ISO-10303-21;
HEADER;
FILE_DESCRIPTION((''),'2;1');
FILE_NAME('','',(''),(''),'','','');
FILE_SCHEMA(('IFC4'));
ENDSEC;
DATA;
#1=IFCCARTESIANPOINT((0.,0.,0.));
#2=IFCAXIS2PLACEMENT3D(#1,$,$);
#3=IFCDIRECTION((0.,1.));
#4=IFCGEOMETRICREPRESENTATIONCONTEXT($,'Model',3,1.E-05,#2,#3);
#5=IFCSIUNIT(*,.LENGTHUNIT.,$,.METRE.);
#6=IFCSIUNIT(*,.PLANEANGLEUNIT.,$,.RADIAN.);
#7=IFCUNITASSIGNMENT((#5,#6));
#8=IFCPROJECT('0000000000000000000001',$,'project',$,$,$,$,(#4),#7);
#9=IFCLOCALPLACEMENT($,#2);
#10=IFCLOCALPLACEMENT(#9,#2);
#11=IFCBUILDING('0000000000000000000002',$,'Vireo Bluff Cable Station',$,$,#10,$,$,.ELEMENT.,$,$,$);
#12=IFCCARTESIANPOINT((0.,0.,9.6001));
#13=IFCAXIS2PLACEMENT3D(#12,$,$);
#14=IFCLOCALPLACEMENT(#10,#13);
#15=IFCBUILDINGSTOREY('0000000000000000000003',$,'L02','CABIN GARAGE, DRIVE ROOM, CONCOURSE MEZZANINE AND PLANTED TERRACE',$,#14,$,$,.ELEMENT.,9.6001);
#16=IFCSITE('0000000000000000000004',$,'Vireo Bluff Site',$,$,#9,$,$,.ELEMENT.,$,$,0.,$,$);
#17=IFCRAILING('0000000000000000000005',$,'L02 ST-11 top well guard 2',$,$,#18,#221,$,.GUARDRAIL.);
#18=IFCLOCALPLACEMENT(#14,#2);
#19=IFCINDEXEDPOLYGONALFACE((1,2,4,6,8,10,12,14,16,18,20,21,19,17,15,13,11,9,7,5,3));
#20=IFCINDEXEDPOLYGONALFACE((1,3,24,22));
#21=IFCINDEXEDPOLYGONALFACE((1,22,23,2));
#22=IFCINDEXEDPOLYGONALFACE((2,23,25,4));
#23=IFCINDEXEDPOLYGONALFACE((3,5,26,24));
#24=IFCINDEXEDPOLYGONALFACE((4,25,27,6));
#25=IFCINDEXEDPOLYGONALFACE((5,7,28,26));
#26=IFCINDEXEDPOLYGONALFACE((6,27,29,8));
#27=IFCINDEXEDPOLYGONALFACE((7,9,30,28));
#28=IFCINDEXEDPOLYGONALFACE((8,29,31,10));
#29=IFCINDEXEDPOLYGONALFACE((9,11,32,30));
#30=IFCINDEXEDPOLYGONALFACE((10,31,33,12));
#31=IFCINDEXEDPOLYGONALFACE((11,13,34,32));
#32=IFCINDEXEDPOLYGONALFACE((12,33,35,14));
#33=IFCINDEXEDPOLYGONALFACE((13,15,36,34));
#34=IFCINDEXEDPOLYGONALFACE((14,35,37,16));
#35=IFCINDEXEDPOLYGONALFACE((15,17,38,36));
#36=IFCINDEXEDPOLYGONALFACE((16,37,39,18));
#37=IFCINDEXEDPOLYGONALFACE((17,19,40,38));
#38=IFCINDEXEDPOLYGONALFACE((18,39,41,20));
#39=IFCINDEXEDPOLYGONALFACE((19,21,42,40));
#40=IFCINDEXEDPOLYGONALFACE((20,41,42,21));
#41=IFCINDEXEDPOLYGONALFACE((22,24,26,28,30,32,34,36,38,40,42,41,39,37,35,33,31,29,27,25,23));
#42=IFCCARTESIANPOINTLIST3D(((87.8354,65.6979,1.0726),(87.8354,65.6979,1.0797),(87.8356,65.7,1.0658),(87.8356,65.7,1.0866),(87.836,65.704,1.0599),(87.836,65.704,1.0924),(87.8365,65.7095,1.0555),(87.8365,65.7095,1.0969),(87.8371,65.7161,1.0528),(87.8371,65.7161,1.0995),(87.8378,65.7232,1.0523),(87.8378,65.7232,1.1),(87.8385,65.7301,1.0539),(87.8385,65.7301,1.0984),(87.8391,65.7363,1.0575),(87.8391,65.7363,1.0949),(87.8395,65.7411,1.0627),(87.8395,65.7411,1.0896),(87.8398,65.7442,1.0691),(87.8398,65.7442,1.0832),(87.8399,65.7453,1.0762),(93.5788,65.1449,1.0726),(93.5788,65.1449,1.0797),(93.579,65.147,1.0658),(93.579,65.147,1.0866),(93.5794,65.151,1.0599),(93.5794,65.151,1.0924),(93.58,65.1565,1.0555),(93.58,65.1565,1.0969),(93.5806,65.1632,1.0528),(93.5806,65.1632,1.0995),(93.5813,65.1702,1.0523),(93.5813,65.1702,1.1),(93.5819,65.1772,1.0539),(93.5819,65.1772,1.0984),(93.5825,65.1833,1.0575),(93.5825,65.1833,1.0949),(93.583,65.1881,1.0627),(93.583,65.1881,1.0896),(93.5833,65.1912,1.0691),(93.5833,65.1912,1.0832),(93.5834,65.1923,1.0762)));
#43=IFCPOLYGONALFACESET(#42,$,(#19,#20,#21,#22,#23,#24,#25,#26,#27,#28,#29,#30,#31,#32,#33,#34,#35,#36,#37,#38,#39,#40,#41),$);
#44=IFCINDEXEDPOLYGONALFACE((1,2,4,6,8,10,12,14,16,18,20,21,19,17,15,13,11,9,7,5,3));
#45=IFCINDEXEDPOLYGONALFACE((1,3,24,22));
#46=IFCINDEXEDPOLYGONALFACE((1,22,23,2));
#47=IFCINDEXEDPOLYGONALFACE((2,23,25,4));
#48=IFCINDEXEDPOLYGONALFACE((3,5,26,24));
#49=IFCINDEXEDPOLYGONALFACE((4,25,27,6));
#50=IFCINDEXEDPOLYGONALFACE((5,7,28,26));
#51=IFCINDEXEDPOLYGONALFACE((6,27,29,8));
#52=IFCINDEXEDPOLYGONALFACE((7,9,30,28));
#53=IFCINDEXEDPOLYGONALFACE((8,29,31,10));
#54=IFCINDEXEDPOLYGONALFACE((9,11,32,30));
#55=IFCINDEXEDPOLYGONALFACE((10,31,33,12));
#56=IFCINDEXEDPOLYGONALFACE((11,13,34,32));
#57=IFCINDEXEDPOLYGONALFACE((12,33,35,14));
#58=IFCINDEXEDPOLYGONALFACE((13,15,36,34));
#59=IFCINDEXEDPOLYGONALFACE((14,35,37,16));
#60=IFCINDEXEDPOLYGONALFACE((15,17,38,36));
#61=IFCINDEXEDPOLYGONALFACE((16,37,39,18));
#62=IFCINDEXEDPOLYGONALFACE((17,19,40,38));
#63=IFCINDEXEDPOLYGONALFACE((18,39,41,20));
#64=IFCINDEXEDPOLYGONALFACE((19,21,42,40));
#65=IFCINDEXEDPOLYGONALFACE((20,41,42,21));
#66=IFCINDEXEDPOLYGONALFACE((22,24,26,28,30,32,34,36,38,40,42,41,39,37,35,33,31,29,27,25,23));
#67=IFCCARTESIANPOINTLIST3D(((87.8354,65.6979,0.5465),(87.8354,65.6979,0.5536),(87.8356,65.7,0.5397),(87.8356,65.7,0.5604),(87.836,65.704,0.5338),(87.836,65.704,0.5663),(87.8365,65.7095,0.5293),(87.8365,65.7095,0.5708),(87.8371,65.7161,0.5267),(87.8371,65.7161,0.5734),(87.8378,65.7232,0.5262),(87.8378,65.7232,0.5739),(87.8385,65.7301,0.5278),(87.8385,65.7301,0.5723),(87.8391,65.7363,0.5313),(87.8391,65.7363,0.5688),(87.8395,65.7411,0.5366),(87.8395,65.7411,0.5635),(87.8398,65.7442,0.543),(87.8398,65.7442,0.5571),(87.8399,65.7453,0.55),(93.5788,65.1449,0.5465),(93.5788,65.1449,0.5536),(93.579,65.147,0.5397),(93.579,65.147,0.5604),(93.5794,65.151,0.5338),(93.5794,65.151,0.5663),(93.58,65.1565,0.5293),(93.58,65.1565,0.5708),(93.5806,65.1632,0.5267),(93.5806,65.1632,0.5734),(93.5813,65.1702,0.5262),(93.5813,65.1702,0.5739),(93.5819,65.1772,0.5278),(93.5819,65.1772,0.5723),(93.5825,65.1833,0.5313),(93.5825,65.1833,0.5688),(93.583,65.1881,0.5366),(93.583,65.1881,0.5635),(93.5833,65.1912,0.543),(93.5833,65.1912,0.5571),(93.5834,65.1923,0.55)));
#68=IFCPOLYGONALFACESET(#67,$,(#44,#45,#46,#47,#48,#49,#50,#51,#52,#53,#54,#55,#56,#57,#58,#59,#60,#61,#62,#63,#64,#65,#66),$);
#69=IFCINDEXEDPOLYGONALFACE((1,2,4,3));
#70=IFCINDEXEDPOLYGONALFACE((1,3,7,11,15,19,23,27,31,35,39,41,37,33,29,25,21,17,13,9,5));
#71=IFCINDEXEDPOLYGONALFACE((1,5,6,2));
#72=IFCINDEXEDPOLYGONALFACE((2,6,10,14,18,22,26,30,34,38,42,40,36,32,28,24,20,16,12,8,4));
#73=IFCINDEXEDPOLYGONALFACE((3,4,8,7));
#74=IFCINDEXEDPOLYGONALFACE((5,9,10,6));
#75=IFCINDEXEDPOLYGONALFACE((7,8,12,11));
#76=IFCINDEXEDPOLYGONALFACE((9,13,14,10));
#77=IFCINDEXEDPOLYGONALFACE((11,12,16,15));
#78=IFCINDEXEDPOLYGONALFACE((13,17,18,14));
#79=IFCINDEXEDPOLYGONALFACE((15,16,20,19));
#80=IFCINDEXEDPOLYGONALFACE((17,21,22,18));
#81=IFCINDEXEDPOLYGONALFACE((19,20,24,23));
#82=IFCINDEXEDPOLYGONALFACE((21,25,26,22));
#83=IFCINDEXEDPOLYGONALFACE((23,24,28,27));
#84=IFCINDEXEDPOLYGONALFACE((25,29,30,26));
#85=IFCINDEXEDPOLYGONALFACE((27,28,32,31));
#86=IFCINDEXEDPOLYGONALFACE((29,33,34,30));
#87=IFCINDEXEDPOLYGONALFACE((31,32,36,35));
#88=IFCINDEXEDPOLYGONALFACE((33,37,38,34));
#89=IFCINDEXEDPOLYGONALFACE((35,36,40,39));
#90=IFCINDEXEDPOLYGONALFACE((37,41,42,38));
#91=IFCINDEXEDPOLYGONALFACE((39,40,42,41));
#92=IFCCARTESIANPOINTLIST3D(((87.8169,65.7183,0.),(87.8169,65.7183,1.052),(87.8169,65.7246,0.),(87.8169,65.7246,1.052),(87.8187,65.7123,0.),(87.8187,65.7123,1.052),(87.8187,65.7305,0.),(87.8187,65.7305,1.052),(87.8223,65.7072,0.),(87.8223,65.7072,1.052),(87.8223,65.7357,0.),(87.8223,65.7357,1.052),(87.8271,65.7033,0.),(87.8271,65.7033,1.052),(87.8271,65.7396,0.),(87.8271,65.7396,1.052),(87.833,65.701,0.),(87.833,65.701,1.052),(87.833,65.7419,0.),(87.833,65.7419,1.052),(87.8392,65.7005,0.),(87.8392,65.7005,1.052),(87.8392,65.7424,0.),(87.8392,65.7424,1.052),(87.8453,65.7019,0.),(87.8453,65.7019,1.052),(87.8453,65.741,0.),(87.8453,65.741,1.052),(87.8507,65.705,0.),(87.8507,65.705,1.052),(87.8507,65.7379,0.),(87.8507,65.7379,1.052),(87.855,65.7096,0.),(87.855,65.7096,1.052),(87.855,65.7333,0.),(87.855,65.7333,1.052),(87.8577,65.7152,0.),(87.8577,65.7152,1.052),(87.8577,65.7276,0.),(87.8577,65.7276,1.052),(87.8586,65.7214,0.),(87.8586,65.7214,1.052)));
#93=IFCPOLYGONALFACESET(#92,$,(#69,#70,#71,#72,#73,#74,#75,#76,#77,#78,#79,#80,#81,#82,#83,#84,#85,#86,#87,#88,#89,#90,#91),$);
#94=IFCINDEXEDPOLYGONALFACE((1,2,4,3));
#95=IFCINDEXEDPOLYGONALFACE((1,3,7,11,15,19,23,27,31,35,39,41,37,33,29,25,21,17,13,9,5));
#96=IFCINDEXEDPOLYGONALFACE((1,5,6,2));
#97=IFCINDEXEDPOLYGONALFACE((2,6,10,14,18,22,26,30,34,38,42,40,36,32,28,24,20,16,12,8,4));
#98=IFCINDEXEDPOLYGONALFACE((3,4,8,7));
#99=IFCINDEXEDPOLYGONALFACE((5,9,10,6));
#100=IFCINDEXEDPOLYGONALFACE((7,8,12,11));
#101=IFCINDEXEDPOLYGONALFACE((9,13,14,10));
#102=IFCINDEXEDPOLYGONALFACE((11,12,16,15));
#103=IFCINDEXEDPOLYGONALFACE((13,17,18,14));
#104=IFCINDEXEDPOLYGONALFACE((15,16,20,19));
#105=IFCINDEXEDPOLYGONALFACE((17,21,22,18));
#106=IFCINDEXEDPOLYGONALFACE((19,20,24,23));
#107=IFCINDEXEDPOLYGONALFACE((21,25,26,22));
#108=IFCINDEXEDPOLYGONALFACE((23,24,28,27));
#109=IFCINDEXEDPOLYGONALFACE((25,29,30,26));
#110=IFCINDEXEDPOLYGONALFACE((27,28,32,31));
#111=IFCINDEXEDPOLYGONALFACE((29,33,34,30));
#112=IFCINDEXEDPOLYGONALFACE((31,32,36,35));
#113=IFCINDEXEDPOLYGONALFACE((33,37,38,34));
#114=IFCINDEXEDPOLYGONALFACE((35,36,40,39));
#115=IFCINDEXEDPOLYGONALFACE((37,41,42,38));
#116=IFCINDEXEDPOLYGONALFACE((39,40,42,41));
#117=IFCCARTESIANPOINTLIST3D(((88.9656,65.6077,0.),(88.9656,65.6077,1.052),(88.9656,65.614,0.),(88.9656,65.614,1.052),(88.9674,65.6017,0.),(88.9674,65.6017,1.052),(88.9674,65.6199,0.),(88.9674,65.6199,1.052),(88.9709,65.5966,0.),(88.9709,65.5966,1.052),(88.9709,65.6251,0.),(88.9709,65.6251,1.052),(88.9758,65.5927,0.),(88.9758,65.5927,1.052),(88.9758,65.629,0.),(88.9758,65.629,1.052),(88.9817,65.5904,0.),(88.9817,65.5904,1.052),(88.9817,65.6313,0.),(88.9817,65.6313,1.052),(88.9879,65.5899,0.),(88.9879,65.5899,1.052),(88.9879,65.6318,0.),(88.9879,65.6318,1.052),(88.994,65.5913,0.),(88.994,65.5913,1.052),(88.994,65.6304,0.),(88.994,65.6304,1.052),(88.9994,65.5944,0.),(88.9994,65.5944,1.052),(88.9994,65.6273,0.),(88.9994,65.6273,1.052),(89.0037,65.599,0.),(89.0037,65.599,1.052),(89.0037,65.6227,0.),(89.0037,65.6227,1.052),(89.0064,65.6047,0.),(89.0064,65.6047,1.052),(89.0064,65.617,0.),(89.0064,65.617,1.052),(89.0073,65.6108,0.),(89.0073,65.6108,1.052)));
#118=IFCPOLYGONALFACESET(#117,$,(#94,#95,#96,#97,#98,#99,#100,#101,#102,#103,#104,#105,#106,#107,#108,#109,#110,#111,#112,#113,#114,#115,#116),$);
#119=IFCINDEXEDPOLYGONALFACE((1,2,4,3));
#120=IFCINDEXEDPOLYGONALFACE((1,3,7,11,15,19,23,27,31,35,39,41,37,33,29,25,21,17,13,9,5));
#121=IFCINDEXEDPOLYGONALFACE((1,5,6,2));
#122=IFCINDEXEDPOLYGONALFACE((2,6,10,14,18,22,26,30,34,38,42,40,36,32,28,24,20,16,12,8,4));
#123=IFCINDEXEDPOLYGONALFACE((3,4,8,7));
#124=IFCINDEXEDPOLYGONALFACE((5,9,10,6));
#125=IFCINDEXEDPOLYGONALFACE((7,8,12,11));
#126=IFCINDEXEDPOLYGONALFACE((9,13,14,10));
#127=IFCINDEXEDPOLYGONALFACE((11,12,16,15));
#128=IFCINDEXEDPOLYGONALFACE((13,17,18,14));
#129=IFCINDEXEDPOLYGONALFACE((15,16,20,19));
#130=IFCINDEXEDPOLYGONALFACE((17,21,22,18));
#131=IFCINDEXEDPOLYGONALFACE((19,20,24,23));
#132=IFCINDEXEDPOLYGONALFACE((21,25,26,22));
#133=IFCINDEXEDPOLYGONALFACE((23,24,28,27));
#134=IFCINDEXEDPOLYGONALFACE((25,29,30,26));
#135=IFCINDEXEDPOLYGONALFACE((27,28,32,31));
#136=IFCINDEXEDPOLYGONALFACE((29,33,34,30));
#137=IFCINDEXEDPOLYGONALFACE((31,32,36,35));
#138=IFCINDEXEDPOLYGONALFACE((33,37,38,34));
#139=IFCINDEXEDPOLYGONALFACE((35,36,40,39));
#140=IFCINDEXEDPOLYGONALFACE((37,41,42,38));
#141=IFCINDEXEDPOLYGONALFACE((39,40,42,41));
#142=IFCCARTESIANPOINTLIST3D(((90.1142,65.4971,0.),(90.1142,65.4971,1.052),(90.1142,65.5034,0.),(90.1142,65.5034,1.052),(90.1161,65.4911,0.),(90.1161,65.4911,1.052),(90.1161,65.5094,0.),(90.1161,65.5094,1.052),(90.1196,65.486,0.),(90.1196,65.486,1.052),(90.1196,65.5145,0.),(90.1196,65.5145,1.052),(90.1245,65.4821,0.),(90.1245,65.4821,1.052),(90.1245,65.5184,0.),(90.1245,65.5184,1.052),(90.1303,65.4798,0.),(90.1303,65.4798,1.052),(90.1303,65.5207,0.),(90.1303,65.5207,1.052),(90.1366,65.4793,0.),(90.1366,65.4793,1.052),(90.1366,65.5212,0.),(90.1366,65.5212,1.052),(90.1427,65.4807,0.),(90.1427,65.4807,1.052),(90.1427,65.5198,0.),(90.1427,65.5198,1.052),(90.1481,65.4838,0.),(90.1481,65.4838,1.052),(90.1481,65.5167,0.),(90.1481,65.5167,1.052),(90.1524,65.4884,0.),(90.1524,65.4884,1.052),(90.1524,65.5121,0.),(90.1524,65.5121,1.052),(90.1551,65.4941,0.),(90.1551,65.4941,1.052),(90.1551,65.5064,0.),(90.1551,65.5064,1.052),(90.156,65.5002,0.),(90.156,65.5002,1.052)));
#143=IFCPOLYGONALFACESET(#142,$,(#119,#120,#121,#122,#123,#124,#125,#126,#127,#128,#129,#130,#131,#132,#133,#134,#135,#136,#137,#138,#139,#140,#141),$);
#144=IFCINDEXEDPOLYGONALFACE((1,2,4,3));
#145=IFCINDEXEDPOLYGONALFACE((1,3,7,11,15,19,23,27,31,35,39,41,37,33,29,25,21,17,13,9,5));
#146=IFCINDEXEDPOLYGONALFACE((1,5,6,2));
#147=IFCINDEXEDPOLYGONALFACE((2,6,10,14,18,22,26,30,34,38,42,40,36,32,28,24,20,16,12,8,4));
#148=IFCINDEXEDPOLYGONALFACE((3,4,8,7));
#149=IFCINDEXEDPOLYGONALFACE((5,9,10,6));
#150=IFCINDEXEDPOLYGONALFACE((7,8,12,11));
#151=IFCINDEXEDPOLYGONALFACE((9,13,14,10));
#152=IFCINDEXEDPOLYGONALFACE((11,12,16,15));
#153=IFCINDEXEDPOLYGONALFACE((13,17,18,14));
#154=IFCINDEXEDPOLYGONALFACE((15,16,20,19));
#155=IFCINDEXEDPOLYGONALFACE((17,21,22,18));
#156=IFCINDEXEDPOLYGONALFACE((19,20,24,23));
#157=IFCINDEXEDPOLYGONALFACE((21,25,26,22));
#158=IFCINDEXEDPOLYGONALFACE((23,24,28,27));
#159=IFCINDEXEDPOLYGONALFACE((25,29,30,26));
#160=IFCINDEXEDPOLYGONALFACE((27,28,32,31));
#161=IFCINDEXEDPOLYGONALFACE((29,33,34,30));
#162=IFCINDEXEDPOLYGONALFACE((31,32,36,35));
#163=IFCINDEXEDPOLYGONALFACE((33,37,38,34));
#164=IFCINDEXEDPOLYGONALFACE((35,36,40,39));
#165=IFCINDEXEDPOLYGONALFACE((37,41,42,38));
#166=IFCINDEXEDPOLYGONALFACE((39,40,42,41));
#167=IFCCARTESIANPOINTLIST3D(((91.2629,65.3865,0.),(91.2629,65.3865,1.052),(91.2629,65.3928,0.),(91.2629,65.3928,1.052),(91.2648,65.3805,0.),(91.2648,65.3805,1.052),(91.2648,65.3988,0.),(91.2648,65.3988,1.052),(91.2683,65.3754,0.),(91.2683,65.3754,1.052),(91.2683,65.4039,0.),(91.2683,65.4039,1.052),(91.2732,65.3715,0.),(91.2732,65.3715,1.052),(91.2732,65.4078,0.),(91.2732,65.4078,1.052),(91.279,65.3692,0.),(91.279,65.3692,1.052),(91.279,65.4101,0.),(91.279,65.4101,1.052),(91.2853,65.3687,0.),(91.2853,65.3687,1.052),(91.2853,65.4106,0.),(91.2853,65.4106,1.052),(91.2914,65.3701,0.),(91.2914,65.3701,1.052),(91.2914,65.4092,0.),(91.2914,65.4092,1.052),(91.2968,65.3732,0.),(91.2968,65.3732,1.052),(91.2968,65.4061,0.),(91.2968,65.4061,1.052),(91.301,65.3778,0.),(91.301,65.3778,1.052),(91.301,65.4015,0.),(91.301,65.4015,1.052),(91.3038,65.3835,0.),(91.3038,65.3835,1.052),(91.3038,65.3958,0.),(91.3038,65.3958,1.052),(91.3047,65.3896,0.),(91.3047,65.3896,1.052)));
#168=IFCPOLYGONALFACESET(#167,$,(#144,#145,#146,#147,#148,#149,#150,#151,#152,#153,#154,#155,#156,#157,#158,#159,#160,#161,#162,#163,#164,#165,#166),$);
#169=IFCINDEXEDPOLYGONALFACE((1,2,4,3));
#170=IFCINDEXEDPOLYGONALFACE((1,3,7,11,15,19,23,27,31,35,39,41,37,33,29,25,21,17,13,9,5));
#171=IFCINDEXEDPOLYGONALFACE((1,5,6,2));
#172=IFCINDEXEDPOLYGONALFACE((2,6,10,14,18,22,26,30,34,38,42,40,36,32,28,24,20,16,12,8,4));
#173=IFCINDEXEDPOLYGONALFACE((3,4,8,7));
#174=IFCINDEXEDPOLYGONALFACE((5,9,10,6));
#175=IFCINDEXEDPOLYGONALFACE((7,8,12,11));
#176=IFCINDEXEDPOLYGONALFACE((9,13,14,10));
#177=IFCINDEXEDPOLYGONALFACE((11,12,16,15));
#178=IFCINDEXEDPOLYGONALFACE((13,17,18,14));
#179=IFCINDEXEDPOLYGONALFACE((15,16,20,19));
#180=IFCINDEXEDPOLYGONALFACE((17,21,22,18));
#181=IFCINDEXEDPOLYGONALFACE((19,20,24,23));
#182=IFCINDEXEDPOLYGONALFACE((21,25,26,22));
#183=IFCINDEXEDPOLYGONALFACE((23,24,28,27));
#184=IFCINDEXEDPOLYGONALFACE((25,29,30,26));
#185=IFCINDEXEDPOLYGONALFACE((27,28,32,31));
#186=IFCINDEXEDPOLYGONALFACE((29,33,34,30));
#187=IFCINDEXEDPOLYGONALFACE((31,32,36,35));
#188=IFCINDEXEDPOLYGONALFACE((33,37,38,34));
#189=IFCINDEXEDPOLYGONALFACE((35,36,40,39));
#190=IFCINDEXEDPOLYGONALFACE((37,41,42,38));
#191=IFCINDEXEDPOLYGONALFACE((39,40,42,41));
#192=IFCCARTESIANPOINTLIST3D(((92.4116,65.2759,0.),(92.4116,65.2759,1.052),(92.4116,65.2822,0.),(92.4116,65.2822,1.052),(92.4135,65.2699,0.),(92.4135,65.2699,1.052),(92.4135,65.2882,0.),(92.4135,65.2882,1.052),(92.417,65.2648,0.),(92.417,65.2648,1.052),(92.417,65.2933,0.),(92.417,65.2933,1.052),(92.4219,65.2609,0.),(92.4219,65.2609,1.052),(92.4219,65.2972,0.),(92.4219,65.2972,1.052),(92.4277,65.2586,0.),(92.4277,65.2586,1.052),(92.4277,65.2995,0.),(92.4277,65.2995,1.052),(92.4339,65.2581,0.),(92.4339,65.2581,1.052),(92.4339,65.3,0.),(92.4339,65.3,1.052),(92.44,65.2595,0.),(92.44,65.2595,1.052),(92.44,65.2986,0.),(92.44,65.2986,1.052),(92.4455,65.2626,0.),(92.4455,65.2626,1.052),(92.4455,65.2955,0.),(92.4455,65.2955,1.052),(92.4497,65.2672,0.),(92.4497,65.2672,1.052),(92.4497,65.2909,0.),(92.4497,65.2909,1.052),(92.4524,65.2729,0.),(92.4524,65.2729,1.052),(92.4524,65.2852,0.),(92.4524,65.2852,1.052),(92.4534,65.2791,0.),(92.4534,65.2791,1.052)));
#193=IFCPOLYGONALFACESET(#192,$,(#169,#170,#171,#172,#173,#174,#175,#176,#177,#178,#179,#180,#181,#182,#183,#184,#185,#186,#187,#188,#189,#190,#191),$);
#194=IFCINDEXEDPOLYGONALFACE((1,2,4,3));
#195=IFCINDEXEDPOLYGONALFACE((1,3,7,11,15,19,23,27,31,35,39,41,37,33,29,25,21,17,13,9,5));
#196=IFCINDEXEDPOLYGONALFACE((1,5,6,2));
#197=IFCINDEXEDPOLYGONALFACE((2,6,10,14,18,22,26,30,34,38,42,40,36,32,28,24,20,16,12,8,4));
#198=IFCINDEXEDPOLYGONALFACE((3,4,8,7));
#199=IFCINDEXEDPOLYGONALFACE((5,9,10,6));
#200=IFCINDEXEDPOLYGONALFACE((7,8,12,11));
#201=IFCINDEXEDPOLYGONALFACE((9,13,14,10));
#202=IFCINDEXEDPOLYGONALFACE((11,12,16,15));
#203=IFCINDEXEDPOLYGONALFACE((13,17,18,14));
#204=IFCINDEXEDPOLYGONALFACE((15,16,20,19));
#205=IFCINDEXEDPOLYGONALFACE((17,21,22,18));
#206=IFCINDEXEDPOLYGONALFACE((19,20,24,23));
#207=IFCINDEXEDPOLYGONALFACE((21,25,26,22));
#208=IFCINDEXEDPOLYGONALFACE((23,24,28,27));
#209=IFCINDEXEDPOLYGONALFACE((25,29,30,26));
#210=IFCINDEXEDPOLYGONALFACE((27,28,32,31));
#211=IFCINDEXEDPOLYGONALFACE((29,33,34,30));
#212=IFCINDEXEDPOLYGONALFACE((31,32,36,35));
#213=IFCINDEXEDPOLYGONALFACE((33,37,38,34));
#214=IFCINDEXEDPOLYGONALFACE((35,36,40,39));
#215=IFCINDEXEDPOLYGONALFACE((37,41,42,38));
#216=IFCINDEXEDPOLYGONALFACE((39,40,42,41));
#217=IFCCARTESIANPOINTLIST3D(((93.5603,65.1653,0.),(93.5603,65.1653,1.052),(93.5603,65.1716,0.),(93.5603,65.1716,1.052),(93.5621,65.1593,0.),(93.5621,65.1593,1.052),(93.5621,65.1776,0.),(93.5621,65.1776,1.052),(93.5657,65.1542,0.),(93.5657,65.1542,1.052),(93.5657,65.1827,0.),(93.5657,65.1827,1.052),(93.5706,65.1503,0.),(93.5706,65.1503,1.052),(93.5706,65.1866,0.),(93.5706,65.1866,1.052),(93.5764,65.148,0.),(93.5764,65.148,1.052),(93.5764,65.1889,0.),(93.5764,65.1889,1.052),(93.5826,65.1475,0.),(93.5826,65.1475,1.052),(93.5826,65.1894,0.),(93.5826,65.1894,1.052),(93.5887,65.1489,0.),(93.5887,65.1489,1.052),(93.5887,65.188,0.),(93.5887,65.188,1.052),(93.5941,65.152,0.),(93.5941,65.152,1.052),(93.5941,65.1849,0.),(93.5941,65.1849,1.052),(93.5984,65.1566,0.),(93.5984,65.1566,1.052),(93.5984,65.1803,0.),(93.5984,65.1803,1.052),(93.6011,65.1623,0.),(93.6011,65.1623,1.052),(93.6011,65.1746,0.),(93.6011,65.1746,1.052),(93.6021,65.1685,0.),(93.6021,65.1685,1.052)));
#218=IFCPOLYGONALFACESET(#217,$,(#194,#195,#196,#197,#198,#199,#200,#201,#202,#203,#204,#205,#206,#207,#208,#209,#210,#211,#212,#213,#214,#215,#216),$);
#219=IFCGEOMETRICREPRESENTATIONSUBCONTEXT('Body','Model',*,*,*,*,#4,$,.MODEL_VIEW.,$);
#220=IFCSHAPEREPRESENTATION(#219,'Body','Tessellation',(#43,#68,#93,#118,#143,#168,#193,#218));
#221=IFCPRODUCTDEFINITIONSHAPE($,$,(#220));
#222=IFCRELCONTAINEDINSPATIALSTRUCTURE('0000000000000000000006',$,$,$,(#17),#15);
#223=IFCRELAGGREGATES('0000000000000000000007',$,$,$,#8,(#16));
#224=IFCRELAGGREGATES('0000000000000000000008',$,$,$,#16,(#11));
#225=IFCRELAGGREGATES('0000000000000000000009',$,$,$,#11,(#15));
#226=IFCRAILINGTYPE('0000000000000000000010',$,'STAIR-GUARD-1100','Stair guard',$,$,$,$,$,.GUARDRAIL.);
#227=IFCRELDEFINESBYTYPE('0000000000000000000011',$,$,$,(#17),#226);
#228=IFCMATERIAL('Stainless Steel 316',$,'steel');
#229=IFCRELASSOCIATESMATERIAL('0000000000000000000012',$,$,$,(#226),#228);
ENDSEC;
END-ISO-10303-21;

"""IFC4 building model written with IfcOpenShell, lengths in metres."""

from ifc_helpers import new_model, si_unit, direction, frame, origin, origin_2d, place, context, subcontext, project, spatial, circle, extrude, material, type_object, element, save


model = new_model("IFC4")

# Units and contexts
model_context = context("Model", 3, precision=1e-05, world=origin(), true_north=direction((0.0, 1.0)))
body_context = subcontext(model_context, "Body", "Model", "MODEL_VIEW")
ifc_project = project(units=[si_unit("LENGTHUNIT", "METRE"), si_unit("PLANEANGLEUNIT", "RADIAN")], contexts=[model_context])

# Site, building, storey
site_placement = place(None, origin())
site = spatial("IfcSite", under=ifc_project, at=site_placement, Name="Vireo Bluff Site", CompositionType="ELEMENT", RefElevation=0.0)
building_placement = place(site_placement, origin())
building = spatial("IfcBuilding", under=site, at=building_placement, Name="Vireo Bluff Cable Station", CompositionType="ELEMENT")
storey_placement = place(building_placement, frame((0.0, 0.0, 9.6001)))
storey = spatial("IfcBuildingStorey", under=building, at=storey_placement, Name="L02", Description="CABIN GARAGE, DRIVE ROOM, CONCOURSE MEZZANINE AND PLANTED TERRACE", CompositionType="ELEMENT", Elevation=9.6001)

# Railing
ifc_material_1 = material(Name="Stainless Steel 316", Category="steel")
railing_type = type_object("IfcRailingType", Name="STAIR-GUARD-1100", Description="Stair guard", PredefinedType="GUARDRAIL", material=ifc_material_1)
railing_1_placement = place(storey_placement, frame((87.8376, 65.7214, 0.0)))
element("IfcRailing", 1, at=railing_1_placement, inside=storey, type_object=railing_type, Name="L02 ST-11 top well guard 2", PredefinedType="GUARDRAIL", context=body_context, shape_type="SweptSolid", body=[
    extrude(circle(Radius=0.0239, at=origin_2d()), frame((0.0, 0.0, 1.0762), z_axis=(0.995397, -0.095837, 0.0), x_axis=(0.095837, 0.995397, 0.0)), (0.0, 0.0, 1.0), 5.77),
    extrude(circle(Radius=0.0239, at=origin_2d()), frame((0.0, 0.0, 0.55), z_axis=(0.995397, -0.095837, 0.0), x_axis=(0.095837, 0.995397, 0.0)), (0.0, 0.0, 1.0), 5.77),
    extrude(circle(Radius=0.021, at=origin_2d()), origin(), (0.0, 0.0, 1.0), 1.052),
    extrude(circle(Radius=0.021, at=origin_2d()), frame((1.1487, -0.1106, 0.0)), (0.0, 0.0, 1.0), 1.052),
    extrude(circle(Radius=0.021, at=origin_2d()), frame((2.2974, -0.2212, 0.0)), (0.0, 0.0, 1.0), 1.052),
    extrude(circle(Radius=0.021, at=origin_2d()), frame((3.446, -0.3318, 0.0)), (0.0, 0.0, 1.0), 1.052),
    extrude(circle(Radius=0.021, at=origin_2d()), frame((4.5947, -0.4424, 0.0)), (0.0, 0.0, 1.0), 1.052),
    extrude(circle(Radius=0.021, at=origin_2d()), frame((5.7434, -0.553, 0.0)), (0.0, 0.0, 1.0), 1.052),
])

save(model, "model.ifc")
